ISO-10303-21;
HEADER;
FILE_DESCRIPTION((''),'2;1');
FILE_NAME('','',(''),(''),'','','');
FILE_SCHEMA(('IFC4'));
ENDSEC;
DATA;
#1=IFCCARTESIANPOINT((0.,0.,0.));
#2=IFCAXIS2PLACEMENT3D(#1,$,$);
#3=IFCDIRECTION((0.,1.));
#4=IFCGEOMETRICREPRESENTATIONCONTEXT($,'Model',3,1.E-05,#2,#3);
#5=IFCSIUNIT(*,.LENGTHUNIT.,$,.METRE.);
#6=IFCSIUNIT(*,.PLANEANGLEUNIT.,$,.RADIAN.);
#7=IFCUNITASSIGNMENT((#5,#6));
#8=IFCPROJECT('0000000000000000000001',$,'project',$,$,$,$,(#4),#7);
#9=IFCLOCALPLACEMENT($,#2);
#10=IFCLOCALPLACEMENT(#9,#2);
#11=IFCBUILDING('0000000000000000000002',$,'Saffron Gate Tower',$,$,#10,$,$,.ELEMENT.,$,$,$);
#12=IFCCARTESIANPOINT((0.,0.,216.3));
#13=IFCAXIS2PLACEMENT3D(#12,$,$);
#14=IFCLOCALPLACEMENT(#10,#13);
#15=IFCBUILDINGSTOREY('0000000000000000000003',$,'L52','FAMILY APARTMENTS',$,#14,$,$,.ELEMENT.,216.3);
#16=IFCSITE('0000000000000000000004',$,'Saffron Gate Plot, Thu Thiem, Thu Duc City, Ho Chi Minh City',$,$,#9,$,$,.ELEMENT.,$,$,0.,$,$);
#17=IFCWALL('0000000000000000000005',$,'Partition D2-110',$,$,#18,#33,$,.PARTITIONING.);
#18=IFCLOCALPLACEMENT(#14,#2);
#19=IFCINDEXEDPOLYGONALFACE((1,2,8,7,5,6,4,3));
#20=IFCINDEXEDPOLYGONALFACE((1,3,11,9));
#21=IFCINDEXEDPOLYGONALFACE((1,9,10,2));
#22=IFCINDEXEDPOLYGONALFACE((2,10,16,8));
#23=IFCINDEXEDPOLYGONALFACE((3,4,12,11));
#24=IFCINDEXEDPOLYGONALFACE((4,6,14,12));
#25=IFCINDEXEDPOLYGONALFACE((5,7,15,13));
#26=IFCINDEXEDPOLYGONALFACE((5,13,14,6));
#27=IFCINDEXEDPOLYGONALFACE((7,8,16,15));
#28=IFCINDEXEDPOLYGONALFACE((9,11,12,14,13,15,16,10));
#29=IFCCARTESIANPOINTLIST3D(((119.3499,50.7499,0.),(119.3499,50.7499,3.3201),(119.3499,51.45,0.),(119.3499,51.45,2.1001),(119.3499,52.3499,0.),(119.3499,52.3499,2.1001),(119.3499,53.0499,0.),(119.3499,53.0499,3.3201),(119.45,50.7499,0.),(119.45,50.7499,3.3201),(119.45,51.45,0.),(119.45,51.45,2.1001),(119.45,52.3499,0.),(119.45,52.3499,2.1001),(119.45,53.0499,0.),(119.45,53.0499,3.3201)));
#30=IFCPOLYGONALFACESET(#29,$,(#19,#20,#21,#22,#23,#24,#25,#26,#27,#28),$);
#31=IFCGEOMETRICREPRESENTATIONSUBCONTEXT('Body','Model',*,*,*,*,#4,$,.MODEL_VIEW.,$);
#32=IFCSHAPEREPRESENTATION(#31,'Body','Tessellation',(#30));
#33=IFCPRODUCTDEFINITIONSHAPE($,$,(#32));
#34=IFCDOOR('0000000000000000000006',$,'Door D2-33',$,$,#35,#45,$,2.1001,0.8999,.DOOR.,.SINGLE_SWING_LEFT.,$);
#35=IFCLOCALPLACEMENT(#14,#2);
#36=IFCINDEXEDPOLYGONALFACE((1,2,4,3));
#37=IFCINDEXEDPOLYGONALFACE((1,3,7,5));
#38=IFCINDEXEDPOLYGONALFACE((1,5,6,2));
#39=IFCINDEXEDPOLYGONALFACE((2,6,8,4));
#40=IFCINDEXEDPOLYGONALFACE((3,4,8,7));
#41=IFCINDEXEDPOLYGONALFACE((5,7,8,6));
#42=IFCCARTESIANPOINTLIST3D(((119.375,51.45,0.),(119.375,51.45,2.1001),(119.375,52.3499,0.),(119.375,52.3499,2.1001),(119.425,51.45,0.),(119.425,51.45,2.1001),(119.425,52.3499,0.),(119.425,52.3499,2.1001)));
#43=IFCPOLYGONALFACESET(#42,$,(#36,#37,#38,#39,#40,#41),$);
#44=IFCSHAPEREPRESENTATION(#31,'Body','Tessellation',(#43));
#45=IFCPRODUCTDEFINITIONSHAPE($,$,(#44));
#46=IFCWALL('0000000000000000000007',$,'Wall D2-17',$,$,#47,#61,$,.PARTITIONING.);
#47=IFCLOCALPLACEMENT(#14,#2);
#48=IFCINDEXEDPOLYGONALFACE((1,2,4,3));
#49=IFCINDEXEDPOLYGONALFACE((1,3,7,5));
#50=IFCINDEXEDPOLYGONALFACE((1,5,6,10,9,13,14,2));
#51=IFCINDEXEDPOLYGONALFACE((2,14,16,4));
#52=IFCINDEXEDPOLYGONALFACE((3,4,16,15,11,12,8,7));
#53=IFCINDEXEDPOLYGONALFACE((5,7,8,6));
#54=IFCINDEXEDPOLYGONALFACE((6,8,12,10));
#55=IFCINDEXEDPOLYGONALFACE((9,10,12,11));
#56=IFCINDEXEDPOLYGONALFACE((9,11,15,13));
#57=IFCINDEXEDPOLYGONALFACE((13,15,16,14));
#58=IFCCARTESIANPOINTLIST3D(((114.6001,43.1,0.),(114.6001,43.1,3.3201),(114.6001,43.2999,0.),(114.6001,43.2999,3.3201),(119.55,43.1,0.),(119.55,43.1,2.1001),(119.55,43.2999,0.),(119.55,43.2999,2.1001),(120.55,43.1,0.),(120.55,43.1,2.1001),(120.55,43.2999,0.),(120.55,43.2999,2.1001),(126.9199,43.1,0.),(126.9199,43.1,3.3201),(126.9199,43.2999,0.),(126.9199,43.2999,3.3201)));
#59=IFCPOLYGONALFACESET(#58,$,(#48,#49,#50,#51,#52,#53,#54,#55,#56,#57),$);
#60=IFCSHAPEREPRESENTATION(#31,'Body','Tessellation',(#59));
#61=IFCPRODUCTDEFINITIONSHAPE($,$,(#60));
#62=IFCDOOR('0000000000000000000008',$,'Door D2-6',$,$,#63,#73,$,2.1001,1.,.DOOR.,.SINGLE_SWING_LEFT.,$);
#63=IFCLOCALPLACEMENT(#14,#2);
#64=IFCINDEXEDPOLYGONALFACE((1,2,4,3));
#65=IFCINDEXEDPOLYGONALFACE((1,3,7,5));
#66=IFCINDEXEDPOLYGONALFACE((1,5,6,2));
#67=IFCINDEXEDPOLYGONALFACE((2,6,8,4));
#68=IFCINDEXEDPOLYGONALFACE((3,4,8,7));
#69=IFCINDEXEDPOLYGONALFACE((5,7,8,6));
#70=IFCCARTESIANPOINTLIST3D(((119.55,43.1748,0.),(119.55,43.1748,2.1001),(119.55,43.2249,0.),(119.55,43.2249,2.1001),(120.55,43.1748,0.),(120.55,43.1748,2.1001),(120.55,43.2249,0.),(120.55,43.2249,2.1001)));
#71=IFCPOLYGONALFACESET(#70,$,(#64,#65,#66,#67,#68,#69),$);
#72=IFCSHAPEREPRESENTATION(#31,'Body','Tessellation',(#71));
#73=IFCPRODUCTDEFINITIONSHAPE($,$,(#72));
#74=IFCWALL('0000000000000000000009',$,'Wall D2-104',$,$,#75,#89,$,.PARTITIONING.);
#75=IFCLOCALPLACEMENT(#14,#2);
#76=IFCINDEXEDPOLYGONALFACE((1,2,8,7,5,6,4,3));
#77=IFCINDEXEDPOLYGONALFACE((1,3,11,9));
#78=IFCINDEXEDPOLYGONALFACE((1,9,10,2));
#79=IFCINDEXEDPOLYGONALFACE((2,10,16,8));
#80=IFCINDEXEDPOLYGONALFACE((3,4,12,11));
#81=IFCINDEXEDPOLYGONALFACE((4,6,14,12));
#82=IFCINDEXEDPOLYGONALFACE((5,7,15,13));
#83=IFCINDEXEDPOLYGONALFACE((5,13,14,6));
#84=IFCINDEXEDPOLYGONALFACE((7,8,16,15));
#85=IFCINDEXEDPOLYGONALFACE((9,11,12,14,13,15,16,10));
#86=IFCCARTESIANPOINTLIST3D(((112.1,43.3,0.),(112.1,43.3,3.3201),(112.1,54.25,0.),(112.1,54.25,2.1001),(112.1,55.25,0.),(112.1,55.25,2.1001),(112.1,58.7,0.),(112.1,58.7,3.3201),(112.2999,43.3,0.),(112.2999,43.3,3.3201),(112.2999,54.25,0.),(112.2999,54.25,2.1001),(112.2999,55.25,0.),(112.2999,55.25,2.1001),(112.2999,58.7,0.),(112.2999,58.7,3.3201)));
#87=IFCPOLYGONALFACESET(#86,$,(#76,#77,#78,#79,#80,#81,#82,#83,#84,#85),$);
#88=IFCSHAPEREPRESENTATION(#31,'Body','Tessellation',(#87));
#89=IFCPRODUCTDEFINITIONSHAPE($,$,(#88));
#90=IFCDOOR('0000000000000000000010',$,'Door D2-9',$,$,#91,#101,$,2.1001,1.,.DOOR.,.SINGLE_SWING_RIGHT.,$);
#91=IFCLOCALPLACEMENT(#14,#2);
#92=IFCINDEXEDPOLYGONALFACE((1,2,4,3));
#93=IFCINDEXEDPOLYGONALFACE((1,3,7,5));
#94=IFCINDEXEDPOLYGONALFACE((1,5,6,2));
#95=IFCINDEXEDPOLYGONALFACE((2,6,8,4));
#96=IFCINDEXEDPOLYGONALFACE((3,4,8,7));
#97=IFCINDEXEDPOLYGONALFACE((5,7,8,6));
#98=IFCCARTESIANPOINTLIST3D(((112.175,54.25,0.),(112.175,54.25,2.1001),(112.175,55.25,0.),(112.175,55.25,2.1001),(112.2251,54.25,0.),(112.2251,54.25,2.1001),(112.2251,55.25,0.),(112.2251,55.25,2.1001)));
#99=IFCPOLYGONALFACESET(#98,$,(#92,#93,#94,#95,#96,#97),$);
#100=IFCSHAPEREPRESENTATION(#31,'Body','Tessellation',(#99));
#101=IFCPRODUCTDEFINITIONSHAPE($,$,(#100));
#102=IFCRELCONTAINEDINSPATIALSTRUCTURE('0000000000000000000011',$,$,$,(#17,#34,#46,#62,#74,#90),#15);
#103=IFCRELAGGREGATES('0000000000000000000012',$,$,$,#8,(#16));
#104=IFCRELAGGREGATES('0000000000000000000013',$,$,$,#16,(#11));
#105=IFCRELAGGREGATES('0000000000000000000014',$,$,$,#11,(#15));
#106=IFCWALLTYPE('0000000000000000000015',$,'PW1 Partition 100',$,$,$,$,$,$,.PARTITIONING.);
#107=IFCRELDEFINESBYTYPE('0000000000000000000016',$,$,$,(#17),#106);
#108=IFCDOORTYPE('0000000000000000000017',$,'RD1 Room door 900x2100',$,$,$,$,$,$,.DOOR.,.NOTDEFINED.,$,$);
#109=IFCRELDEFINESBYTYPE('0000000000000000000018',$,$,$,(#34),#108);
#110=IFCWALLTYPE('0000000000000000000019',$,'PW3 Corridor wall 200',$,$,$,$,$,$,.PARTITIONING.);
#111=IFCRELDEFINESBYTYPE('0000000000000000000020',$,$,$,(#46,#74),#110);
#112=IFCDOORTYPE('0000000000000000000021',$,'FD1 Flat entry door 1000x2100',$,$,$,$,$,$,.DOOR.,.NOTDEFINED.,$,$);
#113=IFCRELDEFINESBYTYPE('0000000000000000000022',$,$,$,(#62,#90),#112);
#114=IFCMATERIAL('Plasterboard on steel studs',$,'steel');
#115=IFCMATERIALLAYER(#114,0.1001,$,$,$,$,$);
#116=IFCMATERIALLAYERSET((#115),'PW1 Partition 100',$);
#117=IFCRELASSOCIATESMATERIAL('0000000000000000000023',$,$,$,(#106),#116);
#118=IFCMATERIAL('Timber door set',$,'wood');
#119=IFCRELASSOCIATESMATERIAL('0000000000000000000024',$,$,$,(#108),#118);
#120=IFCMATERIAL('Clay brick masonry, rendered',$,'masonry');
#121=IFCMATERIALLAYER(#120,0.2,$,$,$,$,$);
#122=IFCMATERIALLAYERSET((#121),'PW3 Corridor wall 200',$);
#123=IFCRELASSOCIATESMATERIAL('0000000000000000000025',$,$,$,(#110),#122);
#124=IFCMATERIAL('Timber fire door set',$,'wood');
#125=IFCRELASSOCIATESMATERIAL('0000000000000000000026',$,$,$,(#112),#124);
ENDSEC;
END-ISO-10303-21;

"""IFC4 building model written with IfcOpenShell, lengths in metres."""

from ifc_helpers import new_model, si_unit, direction, frame, frame_2d, origin, place, context, subcontext, project, spatial, rectangle, extrude, material, layer, layer_set, type_object, element, fill, save


model = new_model("IFC4")

# Units and contexts
model_context = context("Model", 3, precision=1e-05, world=origin(), true_north=direction((0.0, 1.0)))
body_context = subcontext(model_context, "Body", "Model", "MODEL_VIEW")
ifc_project = project(units=[si_unit("LENGTHUNIT", "METRE"), si_unit("PLANEANGLEUNIT", "RADIAN")], contexts=[model_context])

# Site, building, storey
site_placement = place(None, origin())
site = spatial("IfcSite", under=ifc_project, at=site_placement, Name="Saffron Gate Plot, Thu Thiem, Thu Duc City, Ho Chi Minh City", CompositionType="ELEMENT", RefElevation=0.0)
building_placement = place(site_placement, origin())
building = spatial("IfcBuilding", under=site, at=building_placement, Name="Saffron Gate Tower", CompositionType="ELEMENT")
storey_placement = place(building_placement, frame((0.0, 0.0, 216.3)))
storey = spatial("IfcBuildingStorey", under=building, at=storey_placement, Name="L52", Description="FAMILY APARTMENTS", CompositionType="ELEMENT", Elevation=216.3)

# Shared definitions
ifc_material_1 = material(Name="Plasterboard on steel studs", Category="steel")
ifc_layer_1 = layer(ifc_material_1, 0.1001)
ifc_layer_set_1 = layer_set([ifc_layer_1], Name="PW1 Partition 100")
wall_type_1 = type_object("IfcWallType", Name="PW1 Partition 100", PredefinedType="PARTITIONING", material=ifc_layer_set_1)

# Walls, openings, doors
wall_1_placement = place(storey_placement, frame((119.3999, 50.75, 0.0), z_axis=(0.0, 0.0, 1.0), x_axis=(0.0, 1.0, 0.0)))
wall_1 = element("IfcWall", 1, at=wall_1_placement, inside=storey, type_object=wall_type_1, Name="Partition D2-110", PredefinedType="PARTITIONING", context=body_context, shape_type="SweptSolid", body=[
    extrude(rectangle(XDim=2.3, YDim=0.1001, at=frame_2d((1.1499, 0.0))), origin(), (0.0, 0.0, 1.0), 3.3201),
])
opening_1_placement = place(wall_1_placement, frame((0.7, 0.0, 0.0)))
opening_1 = element("IfcOpeningElement", 2, at=opening_1_placement, cuts=wall_1, PredefinedType="OPENING", context=body_context, shape_type="SweptSolid", body=[
    extrude(rectangle(XDim=0.8999, YDim=2.1001, at=frame_2d((0.45, 1.05))), frame((0.0, 0.0601, 0.0), z_axis=(0.0, -1.0, 0.0), x_axis=(1.0, 0.0, 0.0)), (0.0, 0.0, 1.0), 0.1201),
])
ifc_material_2 = material(Name="Timber door set", Category="wood")
door_type_1 = type_object("IfcDoorType", Name="RD1 Room door 900x2100", OperationType="NOTDEFINED", PredefinedType="DOOR", material=ifc_material_2)
door_1_placement = place(opening_1_placement, origin())
door_1 = element("IfcDoor", 3, at=door_1_placement, inside=storey, type_object=door_type_1, Name="Door D2-33", OperationType="SINGLE_SWING_LEFT", OverallHeight=2.1001, OverallWidth=0.8999, PredefinedType="DOOR", context=body_context, shape_type="SweptSolid", body=[
    extrude(rectangle(XDim=0.8999, YDim=2.1001, at=frame_2d((0.45, 1.05))), frame((0.0, 0.0249, 0.0), z_axis=(0.0, -1.0, 0.0), x_axis=(1.0, 0.0, 0.0)), (0.0, 0.0, 1.0), 0.05),
])
fill(opening_1, door_1)
ifc_material_3 = material(Name="Clay brick masonry, rendered", Category="masonry")
ifc_layer_2 = layer(ifc_material_3, 0.2)
ifc_layer_set_2 = layer_set([ifc_layer_2], Name="PW3 Corridor wall 200")
wall_type_2 = type_object("IfcWallType", Name="PW3 Corridor wall 200", PredefinedType="PARTITIONING", material=ifc_layer_set_2)
wall_2_placement = place(storey_placement, frame((114.6001, 43.2, 0.0), z_axis=(0.0, 0.0, 1.0), x_axis=(1.0, 0.0, 0.0)))
wall_2 = element("IfcWall", 4, at=wall_2_placement, inside=storey, type_object=wall_type_2, Name="Wall D2-17", PredefinedType="PARTITIONING", context=body_context, shape_type="SweptSolid", body=[
    extrude(rectangle(XDim=12.3198, YDim=0.2, at=frame_2d((6.1599, 0.0))), origin(), (0.0, 0.0, 1.0), 3.3201),
])
opening_2_placement = place(wall_2_placement, frame((4.95, 0.0, 0.0)))
opening_2 = element("IfcOpeningElement", 5, at=opening_2_placement, cuts=wall_2, PredefinedType="OPENING", context=body_context, shape_type="SweptSolid", body=[
    extrude(rectangle(XDim=1.0, YDim=2.1001, at=frame_2d((0.5, 1.05))), frame((0.0, 0.1099, 0.0), z_axis=(0.0, -1.0, 0.0), x_axis=(1.0, 0.0, 0.0)), (0.0, 0.0, 1.0), 0.22),
])
ifc_material_4 = material(Name="Timber fire door set", Category="wood")
door_type_2 = type_object("IfcDoorType", Name="FD1 Flat entry door 1000x2100", OperationType="NOTDEFINED", PredefinedType="DOOR", material=ifc_material_4)
door_2_placement = place(opening_2_placement, origin())
door_2 = element("IfcDoor", 6, at=door_2_placement, inside=storey, type_object=door_type_2, Name="Door D2-6", OperationType="SINGLE_SWING_LEFT", OverallHeight=2.1001, OverallWidth=1.0, PredefinedType="DOOR", context=body_context, shape_type="SweptSolid", body=[
    extrude(rectangle(XDim=1.0, YDim=2.1001, at=frame_2d((0.5, 1.05))), frame((0.0, 0.0249, 0.0), z_axis=(0.0, -1.0, 0.0), x_axis=(1.0, 0.0, 0.0)), (0.0, 0.0, 1.0), 0.05),
])
fill(opening_2, door_2)
wall_3_placement = place(storey_placement, frame((112.2, 43.3, 0.0), z_axis=(0.0, 0.0, 1.0), x_axis=(0.0, 1.0, 0.0)))
wall_3 = element("IfcWall", 7, at=wall_3_placement, inside=storey, type_object=wall_type_2, Name="Wall D2-104", PredefinedType="PARTITIONING", context=body_context, shape_type="SweptSolid", body=[
    extrude(rectangle(XDim=15.3999, YDim=0.2, at=frame_2d((7.7, 0.0))), origin(), (0.0, 0.0, 1.0), 3.3201),
])
opening_3_placement = place(wall_3_placement, frame((10.95, 0.0, 0.0)))
opening_3 = element("IfcOpeningElement", 8, at=opening_3_placement, cuts=wall_3, PredefinedType="OPENING", context=body_context, shape_type="SweptSolid", body=[
    extrude(rectangle(XDim=1.0, YDim=2.1001, at=frame_2d((0.5, 1.05))), frame((0.0, 0.1099, 0.0), z_axis=(0.0, -1.0, 0.0), x_axis=(1.0, 0.0, 0.0)), (0.0, 0.0, 1.0), 0.22),
])
door_3_placement = place(opening_3_placement, origin())
door_3 = element("IfcDoor", 9, at=door_3_placement, inside=storey, type_object=door_type_2, Name="Door D2-9", OperationType="SINGLE_SWING_RIGHT", OverallHeight=2.1001, OverallWidth=1.0, PredefinedType="DOOR", context=body_context, shape_type="SweptSolid", body=[
    extrude(rectangle(XDim=1.0, YDim=2.1001, at=frame_2d((0.5, 1.05))), frame((0.0, 0.0249, 0.0), z_axis=(0.0, -1.0, 0.0), x_axis=(1.0, 0.0, 0.0)), (0.0, 0.0, 1.0), 0.05),
])
fill(opening_3, door_3)

save(model, "model.ifc")
